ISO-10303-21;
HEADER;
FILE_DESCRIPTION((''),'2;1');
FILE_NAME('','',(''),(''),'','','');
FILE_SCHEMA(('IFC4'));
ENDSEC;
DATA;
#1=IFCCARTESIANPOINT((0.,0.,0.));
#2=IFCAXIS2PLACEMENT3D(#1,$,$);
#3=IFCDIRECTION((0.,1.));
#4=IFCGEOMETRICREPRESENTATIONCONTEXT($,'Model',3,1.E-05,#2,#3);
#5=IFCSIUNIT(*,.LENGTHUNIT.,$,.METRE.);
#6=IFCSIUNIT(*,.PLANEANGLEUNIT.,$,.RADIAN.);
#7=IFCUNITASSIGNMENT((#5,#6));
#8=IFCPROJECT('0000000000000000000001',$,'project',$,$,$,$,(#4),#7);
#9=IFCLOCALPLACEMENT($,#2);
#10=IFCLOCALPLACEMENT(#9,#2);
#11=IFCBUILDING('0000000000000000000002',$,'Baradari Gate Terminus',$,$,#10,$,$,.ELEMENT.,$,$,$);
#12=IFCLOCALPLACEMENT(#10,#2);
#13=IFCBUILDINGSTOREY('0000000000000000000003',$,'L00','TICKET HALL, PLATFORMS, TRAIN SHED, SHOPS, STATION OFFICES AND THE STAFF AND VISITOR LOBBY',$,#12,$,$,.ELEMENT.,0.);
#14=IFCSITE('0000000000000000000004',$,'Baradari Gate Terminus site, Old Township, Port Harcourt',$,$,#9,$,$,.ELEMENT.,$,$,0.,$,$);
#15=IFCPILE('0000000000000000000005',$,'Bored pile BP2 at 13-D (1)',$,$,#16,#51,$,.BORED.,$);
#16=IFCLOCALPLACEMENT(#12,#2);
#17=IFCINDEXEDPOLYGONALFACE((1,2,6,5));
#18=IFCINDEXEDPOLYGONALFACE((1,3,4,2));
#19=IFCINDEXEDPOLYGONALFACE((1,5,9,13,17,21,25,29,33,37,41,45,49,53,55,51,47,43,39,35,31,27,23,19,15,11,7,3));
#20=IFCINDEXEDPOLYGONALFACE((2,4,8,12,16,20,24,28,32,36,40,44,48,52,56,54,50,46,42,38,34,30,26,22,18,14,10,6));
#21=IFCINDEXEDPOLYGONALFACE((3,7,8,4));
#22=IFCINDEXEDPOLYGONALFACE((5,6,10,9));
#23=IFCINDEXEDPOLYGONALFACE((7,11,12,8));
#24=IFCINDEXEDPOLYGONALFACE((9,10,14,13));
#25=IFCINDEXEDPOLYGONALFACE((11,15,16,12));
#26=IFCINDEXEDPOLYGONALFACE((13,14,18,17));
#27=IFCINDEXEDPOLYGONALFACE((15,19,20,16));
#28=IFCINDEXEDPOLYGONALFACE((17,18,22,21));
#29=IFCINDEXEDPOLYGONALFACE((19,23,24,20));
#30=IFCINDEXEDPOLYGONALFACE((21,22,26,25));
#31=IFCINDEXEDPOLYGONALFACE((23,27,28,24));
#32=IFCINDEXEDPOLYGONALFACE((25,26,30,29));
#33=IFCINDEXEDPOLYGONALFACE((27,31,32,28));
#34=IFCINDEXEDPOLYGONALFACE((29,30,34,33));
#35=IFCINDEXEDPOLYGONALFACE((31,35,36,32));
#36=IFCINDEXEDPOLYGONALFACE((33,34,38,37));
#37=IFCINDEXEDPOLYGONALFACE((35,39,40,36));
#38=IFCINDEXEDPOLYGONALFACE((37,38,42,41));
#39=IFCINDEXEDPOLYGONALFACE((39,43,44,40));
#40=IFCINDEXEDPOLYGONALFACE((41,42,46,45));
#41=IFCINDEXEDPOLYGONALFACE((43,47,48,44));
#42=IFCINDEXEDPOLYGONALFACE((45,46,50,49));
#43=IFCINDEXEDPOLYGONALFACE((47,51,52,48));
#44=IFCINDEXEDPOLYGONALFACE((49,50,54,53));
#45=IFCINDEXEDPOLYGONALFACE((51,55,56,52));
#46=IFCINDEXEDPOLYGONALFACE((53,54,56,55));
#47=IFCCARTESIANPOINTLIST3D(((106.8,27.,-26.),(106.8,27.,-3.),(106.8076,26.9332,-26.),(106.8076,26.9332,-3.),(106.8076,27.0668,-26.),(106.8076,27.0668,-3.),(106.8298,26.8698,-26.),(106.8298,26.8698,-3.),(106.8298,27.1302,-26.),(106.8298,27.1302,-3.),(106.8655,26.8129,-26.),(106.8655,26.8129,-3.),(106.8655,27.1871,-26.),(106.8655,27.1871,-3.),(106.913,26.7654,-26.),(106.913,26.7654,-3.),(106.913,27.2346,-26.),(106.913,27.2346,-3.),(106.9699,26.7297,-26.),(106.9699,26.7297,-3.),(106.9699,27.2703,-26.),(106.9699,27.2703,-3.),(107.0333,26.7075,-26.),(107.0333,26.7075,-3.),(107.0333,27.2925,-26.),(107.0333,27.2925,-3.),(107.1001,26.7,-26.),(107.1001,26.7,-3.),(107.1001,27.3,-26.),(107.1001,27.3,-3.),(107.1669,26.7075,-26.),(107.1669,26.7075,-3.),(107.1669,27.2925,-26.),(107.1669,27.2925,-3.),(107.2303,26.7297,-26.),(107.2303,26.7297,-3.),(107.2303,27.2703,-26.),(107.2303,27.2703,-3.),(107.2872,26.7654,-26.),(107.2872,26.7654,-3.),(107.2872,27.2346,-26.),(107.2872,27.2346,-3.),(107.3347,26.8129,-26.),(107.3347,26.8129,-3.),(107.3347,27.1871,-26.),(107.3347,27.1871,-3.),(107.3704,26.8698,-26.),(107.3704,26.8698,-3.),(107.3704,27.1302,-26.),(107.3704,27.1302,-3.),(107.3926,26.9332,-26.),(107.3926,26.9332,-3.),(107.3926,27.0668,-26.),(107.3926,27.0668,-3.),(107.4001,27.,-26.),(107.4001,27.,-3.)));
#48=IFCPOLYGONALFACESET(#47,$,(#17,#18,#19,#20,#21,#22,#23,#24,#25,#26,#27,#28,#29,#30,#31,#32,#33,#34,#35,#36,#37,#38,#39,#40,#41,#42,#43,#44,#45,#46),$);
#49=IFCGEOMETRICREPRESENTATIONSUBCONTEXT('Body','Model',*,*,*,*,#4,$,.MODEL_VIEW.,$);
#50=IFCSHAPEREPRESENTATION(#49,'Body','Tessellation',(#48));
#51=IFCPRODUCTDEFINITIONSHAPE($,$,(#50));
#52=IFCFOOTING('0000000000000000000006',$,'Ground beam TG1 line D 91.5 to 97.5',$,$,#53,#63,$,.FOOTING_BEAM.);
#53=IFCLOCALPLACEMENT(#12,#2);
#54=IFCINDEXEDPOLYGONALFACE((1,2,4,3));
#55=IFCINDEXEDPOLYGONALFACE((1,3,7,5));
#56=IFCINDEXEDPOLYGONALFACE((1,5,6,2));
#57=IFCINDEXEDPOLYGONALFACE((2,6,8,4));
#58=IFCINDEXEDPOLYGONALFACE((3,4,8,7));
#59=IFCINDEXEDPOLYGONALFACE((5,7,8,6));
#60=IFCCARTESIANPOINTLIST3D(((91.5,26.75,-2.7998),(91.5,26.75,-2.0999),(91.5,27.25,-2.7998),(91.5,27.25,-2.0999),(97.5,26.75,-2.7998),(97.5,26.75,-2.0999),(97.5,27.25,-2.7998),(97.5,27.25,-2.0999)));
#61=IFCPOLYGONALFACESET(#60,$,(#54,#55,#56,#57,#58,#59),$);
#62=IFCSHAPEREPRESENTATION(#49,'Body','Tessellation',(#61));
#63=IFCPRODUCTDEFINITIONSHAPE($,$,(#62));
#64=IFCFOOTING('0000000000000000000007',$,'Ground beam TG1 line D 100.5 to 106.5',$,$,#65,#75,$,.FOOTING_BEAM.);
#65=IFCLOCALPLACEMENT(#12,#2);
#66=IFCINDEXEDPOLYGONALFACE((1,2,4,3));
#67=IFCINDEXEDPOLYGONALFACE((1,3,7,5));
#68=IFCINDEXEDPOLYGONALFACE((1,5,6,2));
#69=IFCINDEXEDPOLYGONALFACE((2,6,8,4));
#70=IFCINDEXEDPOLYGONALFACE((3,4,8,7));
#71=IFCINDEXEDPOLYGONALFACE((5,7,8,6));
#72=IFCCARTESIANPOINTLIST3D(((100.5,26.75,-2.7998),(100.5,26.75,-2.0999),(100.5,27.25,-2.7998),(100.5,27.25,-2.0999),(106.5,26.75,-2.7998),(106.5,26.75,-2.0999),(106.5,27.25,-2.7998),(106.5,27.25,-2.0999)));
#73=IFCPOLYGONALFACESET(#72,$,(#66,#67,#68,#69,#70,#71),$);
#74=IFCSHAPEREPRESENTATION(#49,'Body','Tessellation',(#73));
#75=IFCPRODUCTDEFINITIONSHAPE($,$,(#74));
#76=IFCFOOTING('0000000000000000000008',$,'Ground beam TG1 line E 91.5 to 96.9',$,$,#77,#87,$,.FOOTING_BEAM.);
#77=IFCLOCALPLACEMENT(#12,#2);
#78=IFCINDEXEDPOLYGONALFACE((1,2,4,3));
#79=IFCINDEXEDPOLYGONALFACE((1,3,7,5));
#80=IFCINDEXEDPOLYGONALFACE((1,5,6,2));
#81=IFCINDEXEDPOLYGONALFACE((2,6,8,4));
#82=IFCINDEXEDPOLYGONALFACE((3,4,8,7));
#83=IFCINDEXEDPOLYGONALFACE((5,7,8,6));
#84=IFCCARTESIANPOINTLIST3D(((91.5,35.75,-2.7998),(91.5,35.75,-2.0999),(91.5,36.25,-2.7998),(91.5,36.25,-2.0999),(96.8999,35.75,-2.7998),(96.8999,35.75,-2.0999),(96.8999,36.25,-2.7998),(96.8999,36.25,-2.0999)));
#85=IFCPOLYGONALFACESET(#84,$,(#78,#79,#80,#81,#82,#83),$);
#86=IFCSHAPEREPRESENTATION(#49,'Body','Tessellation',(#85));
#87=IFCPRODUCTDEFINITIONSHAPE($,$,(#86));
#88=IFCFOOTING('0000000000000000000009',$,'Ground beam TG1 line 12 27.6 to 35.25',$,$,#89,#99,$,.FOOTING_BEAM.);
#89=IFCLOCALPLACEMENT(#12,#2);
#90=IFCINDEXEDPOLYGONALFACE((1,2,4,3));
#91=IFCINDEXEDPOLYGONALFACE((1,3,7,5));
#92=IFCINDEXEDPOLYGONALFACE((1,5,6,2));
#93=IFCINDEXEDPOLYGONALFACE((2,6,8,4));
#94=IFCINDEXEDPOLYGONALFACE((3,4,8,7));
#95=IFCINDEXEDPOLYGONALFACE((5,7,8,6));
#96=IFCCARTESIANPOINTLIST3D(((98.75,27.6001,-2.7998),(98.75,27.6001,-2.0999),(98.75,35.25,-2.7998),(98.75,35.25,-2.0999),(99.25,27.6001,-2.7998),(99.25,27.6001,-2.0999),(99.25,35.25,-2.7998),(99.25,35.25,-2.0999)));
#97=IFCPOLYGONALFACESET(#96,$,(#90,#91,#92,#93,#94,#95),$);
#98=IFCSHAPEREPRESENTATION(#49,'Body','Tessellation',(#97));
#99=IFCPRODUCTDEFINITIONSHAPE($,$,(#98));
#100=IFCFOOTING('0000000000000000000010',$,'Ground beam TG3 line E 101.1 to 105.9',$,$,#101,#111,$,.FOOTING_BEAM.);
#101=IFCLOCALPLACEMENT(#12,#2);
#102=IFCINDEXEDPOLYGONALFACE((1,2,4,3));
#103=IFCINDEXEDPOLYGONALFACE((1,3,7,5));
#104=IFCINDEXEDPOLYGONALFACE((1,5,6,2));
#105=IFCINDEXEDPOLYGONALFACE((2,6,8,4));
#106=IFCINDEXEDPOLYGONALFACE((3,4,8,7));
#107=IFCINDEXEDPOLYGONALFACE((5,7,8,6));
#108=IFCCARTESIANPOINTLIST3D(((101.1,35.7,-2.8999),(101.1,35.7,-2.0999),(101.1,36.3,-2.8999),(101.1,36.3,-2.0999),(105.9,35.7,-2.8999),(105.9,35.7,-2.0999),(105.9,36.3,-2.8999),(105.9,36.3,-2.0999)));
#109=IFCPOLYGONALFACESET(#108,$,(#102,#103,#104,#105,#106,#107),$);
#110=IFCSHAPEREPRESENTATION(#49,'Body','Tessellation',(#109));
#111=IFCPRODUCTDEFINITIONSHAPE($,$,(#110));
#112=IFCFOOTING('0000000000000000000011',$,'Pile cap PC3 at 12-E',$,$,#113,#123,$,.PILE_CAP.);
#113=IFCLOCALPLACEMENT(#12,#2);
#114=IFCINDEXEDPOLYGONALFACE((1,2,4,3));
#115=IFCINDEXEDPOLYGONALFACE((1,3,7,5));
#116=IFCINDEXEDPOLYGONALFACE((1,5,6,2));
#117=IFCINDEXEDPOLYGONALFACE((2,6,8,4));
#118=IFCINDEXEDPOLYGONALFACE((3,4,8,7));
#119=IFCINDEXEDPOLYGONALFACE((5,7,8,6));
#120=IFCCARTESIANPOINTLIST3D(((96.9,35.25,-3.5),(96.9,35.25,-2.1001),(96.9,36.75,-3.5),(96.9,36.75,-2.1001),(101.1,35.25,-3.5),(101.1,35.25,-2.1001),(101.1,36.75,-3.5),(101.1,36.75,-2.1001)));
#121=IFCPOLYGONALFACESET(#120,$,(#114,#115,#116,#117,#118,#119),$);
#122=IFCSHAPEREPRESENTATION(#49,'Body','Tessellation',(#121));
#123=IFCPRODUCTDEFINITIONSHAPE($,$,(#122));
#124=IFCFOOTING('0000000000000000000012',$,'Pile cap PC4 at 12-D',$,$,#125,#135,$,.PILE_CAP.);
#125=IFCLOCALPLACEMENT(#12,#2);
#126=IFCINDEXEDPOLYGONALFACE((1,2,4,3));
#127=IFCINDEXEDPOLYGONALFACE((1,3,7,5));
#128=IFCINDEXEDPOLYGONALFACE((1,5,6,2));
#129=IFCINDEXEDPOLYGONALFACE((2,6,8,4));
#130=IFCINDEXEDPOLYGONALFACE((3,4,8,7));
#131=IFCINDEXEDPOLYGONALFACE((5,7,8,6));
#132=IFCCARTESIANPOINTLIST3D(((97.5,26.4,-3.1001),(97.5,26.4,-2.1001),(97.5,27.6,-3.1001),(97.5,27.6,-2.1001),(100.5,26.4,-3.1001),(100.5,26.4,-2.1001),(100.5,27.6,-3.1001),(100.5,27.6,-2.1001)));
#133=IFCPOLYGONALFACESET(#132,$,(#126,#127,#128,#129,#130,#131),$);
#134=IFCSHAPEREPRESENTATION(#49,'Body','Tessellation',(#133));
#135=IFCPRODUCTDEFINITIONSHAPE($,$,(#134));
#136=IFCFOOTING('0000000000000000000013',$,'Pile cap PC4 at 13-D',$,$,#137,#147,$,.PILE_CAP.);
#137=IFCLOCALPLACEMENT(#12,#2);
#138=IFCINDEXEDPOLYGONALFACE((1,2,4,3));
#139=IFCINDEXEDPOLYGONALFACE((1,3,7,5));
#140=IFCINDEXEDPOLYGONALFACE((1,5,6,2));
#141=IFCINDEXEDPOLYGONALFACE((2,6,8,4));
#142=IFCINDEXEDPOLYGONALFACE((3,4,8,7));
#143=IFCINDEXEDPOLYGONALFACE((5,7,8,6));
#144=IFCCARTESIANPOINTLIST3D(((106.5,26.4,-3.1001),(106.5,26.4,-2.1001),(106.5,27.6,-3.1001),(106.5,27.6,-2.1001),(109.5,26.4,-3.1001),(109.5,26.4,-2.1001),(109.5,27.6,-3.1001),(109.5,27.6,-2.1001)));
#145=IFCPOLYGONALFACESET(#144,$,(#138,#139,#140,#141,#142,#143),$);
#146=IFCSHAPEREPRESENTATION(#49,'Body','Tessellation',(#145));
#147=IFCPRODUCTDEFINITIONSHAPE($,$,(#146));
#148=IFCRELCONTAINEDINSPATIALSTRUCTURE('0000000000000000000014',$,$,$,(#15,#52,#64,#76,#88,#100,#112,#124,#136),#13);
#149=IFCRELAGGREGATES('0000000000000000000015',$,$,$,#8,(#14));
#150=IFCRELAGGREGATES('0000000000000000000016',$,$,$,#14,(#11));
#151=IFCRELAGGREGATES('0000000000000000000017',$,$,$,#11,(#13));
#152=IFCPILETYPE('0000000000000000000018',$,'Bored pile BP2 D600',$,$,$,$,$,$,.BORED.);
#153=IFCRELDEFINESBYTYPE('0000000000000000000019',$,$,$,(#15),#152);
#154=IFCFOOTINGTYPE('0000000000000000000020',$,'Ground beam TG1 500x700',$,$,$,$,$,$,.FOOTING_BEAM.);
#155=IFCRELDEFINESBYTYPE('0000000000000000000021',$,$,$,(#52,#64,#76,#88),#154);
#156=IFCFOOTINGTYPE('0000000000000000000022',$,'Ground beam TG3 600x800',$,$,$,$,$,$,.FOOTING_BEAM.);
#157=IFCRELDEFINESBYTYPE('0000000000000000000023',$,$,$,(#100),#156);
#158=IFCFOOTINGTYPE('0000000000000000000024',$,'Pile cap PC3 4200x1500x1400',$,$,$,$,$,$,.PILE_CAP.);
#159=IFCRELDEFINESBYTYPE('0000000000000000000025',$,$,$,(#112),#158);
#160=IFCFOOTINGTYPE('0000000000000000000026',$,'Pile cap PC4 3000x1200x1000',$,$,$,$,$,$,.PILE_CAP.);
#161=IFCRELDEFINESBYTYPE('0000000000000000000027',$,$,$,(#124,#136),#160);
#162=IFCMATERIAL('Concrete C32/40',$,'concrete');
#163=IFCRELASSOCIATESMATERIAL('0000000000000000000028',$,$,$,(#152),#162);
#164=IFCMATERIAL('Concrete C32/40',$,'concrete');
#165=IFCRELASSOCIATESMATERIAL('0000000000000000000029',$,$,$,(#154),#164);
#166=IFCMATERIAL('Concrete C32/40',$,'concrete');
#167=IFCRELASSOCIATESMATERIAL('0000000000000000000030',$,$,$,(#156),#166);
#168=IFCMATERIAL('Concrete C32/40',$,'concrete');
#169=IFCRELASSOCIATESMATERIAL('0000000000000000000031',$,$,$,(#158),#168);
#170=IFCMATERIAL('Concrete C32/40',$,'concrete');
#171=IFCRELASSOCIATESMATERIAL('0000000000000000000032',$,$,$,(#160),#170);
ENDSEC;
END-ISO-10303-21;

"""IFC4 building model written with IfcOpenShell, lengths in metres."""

from ifc_helpers import new_model, si_unit, direction, frame, origin, origin_2d, place, context, subcontext, project, spatial, rectangle, circle, extrude, material, type_object, element, save


model = new_model("IFC4")

# Units and contexts
model_context = context("Model", 3, precision=1e-05, world=origin(), true_north=direction((0.0, 1.0)))
body_context = subcontext(model_context, "Body", "Model", "MODEL_VIEW")
ifc_project = project(units=[si_unit("LENGTHUNIT", "METRE"), si_unit("PLANEANGLEUNIT", "RADIAN")], contexts=[model_context])

# Site, building, storey
site_placement = place(None, origin())
site = spatial("IfcSite", under=ifc_project, at=site_placement, Name="Baradari Gate Terminus site, Old Township, Port Harcourt", CompositionType="ELEMENT", RefElevation=0.0)
building_placement = place(site_placement, origin())
building = spatial("IfcBuilding", under=site, at=building_placement, Name="Baradari Gate Terminus", CompositionType="ELEMENT")
storey_placement = place(building_placement, origin())
storey = spatial("IfcBuildingStorey", under=building, at=storey_placement, Name="L00", Description="TICKET HALL, PLATFORMS, TRAIN SHED, SHOPS, STATION OFFICES AND THE STAFF AND VISITOR LOBBY", CompositionType="ELEMENT", Elevation=0.0)

# Pile
ifc_material_1 = material(Name="Concrete C32/40", Category="concrete")
pile_type_1 = type_object("IfcPileType", Name="Bored pile BP2 D600", PredefinedType="BORED", material=ifc_material_1)
for number, where, z_axis, x_axis, name in (
    (1, (107.1001, 27.0, -3.0), (0.0, 0.0, -1.0), (1.0, 0.0, 0.0), "Bored pile BP2 at 13-D (1)"),
):
    element("IfcPile", number, at=place(storey_placement, frame(where, z_axis=z_axis, x_axis=x_axis)), inside=storey, type_object=pile_type_1, Name=name, PredefinedType="BORED", context=body_context, shape_type="SweptSolid", body=[
        extrude(circle(Radius=0.3, at=origin_2d()), origin(), (0.0, 0.0, 1.0), 23.0),
    ])

# Footings
ifc_material_2 = material(Name="Concrete C32/40", Category="concrete")
footing_type_1 = type_object("IfcFootingType", Name="Ground beam TG1 500x700", PredefinedType="FOOTING_BEAM", material=ifc_material_2)
for number, where, z_axis, x_axis, name in (
    (2, (94.5, 27.0, -2.7998), (0.0, 0.0, 1.0), (1.0, 0.0, 0.0), "Ground beam TG1 line D 91.5 to 97.5"),
    (3, (103.5, 27.0, -2.7998), (0.0, 0.0, 1.0), (1.0, 0.0, 0.0), "Ground beam TG1 line D 100.5 to 106.5"),
):
    element("IfcFooting", number, at=place(storey_placement, frame(where, z_axis=z_axis, x_axis=x_axis)), inside=storey, type_object=footing_type_1, Name=name, PredefinedType="FOOTING_BEAM", context=body_context, shape_type="SweptSolid", body=[
        extrude(rectangle(XDim=6.0, YDim=0.5, at=origin_2d()), origin(), (0.0, 0.0, 1.0), 0.7),
    ])
footing_1_placement = place(storey_placement, frame((94.2, 36.0, -2.7998), z_axis=(0.0, 0.0, 1.0), x_axis=(1.0, 0.0, 0.0)))
element("IfcFooting", 4, at=footing_1_placement, inside=storey, type_object=footing_type_1, Name="Ground beam TG1 line E 91.5 to 96.9", PredefinedType="FOOTING_BEAM", context=body_context, shape_type="SweptSolid", body=[
    extrude(rectangle(XDim=5.3999, YDim=0.5, at=origin_2d()), origin(), (0.0, 0.0, 1.0), 0.7),
])
footing_2_placement = place(storey_placement, frame((99.0, 31.425, -2.7998), z_axis=(0.0, 0.0, 1.0), x_axis=(1.0, 0.0, 0.0)))
element("IfcFooting", 5, at=footing_2_placement, inside=storey, type_object=footing_type_1, Name="Ground beam TG1 line 12 27.6 to 35.25", PredefinedType="FOOTING_BEAM", context=body_context, shape_type="SweptSolid", body=[
    extrude(rectangle(XDim=0.5, YDim=7.6499, at=origin_2d()), origin(), (0.0, 0.0, 1.0), 0.7),
])
ifc_material_3 = material(Name="Concrete C32/40", Category="concrete")
footing_type_2 = type_object("IfcFootingType", Name="Ground beam TG3 600x800", PredefinedType="FOOTING_BEAM", material=ifc_material_3)
footing_3_placement = place(storey_placement, frame((103.5, 36.0, -2.8999), z_axis=(0.0, 0.0, 1.0), x_axis=(1.0, 0.0, 0.0)))
element("IfcFooting", 6, at=footing_3_placement, inside=storey, type_object=footing_type_2, Name="Ground beam TG3 line E 101.1 to 105.9", PredefinedType="FOOTING_BEAM", context=body_context, shape_type="SweptSolid", body=[
    extrude(rectangle(XDim=4.8, YDim=0.6001, at=origin_2d()), origin(), (0.0, 0.0, 1.0), 0.8),
])
ifc_material_4 = material(Name="Concrete C32/40", Category="concrete")
footing_type_3 = type_object("IfcFootingType", Name="Pile cap PC3 4200x1500x1400", PredefinedType="PILE_CAP", material=ifc_material_4)
footing_4_placement = place(storey_placement, frame((99.0, 36.0, -3.5), z_axis=(0.0, 0.0, 1.0), x_axis=(1.0, 0.0, 0.0)))
element("IfcFooting", 7, at=footing_4_placement, inside=storey, type_object=footing_type_3, Name="Pile cap PC3 at 12-E", PredefinedType="PILE_CAP", context=body_context, shape_type="SweptSolid", body=[
    extrude(rectangle(XDim=4.2, YDim=1.5, at=origin_2d()), origin(), (0.0, 0.0, 1.0), 1.3999),
])
ifc_material_5 = material(Name="Concrete C32/40", Category="concrete")
footing_type_4 = type_object("IfcFootingType", Name="Pile cap PC4 3000x1200x1000", PredefinedType="PILE_CAP", material=ifc_material_5)
for number, where, z_axis, x_axis, name in (
    (8, (99.0, 27.0, -3.1001), (0.0, 0.0, 1.0), (1.0, 0.0, 0.0), "Pile cap PC4 at 12-D"),
    (9, (108.0, 27.0, -3.1001), (0.0, 0.0, 1.0), (1.0, 0.0, 0.0), "Pile cap PC4 at 13-D"),
):
    element("IfcFooting", number, at=place(storey_placement, frame(where, z_axis=z_axis, x_axis=x_axis)), inside=storey, type_object=footing_type_4, Name=name, PredefinedType="PILE_CAP", context=body_context, shape_type="SweptSolid", body=[
        extrude(rectangle(XDim=3.0, YDim=1.2, at=origin_2d()), origin(), (0.0, 0.0, 1.0), 1.0),
    ])

save(model, "model.ifc")
